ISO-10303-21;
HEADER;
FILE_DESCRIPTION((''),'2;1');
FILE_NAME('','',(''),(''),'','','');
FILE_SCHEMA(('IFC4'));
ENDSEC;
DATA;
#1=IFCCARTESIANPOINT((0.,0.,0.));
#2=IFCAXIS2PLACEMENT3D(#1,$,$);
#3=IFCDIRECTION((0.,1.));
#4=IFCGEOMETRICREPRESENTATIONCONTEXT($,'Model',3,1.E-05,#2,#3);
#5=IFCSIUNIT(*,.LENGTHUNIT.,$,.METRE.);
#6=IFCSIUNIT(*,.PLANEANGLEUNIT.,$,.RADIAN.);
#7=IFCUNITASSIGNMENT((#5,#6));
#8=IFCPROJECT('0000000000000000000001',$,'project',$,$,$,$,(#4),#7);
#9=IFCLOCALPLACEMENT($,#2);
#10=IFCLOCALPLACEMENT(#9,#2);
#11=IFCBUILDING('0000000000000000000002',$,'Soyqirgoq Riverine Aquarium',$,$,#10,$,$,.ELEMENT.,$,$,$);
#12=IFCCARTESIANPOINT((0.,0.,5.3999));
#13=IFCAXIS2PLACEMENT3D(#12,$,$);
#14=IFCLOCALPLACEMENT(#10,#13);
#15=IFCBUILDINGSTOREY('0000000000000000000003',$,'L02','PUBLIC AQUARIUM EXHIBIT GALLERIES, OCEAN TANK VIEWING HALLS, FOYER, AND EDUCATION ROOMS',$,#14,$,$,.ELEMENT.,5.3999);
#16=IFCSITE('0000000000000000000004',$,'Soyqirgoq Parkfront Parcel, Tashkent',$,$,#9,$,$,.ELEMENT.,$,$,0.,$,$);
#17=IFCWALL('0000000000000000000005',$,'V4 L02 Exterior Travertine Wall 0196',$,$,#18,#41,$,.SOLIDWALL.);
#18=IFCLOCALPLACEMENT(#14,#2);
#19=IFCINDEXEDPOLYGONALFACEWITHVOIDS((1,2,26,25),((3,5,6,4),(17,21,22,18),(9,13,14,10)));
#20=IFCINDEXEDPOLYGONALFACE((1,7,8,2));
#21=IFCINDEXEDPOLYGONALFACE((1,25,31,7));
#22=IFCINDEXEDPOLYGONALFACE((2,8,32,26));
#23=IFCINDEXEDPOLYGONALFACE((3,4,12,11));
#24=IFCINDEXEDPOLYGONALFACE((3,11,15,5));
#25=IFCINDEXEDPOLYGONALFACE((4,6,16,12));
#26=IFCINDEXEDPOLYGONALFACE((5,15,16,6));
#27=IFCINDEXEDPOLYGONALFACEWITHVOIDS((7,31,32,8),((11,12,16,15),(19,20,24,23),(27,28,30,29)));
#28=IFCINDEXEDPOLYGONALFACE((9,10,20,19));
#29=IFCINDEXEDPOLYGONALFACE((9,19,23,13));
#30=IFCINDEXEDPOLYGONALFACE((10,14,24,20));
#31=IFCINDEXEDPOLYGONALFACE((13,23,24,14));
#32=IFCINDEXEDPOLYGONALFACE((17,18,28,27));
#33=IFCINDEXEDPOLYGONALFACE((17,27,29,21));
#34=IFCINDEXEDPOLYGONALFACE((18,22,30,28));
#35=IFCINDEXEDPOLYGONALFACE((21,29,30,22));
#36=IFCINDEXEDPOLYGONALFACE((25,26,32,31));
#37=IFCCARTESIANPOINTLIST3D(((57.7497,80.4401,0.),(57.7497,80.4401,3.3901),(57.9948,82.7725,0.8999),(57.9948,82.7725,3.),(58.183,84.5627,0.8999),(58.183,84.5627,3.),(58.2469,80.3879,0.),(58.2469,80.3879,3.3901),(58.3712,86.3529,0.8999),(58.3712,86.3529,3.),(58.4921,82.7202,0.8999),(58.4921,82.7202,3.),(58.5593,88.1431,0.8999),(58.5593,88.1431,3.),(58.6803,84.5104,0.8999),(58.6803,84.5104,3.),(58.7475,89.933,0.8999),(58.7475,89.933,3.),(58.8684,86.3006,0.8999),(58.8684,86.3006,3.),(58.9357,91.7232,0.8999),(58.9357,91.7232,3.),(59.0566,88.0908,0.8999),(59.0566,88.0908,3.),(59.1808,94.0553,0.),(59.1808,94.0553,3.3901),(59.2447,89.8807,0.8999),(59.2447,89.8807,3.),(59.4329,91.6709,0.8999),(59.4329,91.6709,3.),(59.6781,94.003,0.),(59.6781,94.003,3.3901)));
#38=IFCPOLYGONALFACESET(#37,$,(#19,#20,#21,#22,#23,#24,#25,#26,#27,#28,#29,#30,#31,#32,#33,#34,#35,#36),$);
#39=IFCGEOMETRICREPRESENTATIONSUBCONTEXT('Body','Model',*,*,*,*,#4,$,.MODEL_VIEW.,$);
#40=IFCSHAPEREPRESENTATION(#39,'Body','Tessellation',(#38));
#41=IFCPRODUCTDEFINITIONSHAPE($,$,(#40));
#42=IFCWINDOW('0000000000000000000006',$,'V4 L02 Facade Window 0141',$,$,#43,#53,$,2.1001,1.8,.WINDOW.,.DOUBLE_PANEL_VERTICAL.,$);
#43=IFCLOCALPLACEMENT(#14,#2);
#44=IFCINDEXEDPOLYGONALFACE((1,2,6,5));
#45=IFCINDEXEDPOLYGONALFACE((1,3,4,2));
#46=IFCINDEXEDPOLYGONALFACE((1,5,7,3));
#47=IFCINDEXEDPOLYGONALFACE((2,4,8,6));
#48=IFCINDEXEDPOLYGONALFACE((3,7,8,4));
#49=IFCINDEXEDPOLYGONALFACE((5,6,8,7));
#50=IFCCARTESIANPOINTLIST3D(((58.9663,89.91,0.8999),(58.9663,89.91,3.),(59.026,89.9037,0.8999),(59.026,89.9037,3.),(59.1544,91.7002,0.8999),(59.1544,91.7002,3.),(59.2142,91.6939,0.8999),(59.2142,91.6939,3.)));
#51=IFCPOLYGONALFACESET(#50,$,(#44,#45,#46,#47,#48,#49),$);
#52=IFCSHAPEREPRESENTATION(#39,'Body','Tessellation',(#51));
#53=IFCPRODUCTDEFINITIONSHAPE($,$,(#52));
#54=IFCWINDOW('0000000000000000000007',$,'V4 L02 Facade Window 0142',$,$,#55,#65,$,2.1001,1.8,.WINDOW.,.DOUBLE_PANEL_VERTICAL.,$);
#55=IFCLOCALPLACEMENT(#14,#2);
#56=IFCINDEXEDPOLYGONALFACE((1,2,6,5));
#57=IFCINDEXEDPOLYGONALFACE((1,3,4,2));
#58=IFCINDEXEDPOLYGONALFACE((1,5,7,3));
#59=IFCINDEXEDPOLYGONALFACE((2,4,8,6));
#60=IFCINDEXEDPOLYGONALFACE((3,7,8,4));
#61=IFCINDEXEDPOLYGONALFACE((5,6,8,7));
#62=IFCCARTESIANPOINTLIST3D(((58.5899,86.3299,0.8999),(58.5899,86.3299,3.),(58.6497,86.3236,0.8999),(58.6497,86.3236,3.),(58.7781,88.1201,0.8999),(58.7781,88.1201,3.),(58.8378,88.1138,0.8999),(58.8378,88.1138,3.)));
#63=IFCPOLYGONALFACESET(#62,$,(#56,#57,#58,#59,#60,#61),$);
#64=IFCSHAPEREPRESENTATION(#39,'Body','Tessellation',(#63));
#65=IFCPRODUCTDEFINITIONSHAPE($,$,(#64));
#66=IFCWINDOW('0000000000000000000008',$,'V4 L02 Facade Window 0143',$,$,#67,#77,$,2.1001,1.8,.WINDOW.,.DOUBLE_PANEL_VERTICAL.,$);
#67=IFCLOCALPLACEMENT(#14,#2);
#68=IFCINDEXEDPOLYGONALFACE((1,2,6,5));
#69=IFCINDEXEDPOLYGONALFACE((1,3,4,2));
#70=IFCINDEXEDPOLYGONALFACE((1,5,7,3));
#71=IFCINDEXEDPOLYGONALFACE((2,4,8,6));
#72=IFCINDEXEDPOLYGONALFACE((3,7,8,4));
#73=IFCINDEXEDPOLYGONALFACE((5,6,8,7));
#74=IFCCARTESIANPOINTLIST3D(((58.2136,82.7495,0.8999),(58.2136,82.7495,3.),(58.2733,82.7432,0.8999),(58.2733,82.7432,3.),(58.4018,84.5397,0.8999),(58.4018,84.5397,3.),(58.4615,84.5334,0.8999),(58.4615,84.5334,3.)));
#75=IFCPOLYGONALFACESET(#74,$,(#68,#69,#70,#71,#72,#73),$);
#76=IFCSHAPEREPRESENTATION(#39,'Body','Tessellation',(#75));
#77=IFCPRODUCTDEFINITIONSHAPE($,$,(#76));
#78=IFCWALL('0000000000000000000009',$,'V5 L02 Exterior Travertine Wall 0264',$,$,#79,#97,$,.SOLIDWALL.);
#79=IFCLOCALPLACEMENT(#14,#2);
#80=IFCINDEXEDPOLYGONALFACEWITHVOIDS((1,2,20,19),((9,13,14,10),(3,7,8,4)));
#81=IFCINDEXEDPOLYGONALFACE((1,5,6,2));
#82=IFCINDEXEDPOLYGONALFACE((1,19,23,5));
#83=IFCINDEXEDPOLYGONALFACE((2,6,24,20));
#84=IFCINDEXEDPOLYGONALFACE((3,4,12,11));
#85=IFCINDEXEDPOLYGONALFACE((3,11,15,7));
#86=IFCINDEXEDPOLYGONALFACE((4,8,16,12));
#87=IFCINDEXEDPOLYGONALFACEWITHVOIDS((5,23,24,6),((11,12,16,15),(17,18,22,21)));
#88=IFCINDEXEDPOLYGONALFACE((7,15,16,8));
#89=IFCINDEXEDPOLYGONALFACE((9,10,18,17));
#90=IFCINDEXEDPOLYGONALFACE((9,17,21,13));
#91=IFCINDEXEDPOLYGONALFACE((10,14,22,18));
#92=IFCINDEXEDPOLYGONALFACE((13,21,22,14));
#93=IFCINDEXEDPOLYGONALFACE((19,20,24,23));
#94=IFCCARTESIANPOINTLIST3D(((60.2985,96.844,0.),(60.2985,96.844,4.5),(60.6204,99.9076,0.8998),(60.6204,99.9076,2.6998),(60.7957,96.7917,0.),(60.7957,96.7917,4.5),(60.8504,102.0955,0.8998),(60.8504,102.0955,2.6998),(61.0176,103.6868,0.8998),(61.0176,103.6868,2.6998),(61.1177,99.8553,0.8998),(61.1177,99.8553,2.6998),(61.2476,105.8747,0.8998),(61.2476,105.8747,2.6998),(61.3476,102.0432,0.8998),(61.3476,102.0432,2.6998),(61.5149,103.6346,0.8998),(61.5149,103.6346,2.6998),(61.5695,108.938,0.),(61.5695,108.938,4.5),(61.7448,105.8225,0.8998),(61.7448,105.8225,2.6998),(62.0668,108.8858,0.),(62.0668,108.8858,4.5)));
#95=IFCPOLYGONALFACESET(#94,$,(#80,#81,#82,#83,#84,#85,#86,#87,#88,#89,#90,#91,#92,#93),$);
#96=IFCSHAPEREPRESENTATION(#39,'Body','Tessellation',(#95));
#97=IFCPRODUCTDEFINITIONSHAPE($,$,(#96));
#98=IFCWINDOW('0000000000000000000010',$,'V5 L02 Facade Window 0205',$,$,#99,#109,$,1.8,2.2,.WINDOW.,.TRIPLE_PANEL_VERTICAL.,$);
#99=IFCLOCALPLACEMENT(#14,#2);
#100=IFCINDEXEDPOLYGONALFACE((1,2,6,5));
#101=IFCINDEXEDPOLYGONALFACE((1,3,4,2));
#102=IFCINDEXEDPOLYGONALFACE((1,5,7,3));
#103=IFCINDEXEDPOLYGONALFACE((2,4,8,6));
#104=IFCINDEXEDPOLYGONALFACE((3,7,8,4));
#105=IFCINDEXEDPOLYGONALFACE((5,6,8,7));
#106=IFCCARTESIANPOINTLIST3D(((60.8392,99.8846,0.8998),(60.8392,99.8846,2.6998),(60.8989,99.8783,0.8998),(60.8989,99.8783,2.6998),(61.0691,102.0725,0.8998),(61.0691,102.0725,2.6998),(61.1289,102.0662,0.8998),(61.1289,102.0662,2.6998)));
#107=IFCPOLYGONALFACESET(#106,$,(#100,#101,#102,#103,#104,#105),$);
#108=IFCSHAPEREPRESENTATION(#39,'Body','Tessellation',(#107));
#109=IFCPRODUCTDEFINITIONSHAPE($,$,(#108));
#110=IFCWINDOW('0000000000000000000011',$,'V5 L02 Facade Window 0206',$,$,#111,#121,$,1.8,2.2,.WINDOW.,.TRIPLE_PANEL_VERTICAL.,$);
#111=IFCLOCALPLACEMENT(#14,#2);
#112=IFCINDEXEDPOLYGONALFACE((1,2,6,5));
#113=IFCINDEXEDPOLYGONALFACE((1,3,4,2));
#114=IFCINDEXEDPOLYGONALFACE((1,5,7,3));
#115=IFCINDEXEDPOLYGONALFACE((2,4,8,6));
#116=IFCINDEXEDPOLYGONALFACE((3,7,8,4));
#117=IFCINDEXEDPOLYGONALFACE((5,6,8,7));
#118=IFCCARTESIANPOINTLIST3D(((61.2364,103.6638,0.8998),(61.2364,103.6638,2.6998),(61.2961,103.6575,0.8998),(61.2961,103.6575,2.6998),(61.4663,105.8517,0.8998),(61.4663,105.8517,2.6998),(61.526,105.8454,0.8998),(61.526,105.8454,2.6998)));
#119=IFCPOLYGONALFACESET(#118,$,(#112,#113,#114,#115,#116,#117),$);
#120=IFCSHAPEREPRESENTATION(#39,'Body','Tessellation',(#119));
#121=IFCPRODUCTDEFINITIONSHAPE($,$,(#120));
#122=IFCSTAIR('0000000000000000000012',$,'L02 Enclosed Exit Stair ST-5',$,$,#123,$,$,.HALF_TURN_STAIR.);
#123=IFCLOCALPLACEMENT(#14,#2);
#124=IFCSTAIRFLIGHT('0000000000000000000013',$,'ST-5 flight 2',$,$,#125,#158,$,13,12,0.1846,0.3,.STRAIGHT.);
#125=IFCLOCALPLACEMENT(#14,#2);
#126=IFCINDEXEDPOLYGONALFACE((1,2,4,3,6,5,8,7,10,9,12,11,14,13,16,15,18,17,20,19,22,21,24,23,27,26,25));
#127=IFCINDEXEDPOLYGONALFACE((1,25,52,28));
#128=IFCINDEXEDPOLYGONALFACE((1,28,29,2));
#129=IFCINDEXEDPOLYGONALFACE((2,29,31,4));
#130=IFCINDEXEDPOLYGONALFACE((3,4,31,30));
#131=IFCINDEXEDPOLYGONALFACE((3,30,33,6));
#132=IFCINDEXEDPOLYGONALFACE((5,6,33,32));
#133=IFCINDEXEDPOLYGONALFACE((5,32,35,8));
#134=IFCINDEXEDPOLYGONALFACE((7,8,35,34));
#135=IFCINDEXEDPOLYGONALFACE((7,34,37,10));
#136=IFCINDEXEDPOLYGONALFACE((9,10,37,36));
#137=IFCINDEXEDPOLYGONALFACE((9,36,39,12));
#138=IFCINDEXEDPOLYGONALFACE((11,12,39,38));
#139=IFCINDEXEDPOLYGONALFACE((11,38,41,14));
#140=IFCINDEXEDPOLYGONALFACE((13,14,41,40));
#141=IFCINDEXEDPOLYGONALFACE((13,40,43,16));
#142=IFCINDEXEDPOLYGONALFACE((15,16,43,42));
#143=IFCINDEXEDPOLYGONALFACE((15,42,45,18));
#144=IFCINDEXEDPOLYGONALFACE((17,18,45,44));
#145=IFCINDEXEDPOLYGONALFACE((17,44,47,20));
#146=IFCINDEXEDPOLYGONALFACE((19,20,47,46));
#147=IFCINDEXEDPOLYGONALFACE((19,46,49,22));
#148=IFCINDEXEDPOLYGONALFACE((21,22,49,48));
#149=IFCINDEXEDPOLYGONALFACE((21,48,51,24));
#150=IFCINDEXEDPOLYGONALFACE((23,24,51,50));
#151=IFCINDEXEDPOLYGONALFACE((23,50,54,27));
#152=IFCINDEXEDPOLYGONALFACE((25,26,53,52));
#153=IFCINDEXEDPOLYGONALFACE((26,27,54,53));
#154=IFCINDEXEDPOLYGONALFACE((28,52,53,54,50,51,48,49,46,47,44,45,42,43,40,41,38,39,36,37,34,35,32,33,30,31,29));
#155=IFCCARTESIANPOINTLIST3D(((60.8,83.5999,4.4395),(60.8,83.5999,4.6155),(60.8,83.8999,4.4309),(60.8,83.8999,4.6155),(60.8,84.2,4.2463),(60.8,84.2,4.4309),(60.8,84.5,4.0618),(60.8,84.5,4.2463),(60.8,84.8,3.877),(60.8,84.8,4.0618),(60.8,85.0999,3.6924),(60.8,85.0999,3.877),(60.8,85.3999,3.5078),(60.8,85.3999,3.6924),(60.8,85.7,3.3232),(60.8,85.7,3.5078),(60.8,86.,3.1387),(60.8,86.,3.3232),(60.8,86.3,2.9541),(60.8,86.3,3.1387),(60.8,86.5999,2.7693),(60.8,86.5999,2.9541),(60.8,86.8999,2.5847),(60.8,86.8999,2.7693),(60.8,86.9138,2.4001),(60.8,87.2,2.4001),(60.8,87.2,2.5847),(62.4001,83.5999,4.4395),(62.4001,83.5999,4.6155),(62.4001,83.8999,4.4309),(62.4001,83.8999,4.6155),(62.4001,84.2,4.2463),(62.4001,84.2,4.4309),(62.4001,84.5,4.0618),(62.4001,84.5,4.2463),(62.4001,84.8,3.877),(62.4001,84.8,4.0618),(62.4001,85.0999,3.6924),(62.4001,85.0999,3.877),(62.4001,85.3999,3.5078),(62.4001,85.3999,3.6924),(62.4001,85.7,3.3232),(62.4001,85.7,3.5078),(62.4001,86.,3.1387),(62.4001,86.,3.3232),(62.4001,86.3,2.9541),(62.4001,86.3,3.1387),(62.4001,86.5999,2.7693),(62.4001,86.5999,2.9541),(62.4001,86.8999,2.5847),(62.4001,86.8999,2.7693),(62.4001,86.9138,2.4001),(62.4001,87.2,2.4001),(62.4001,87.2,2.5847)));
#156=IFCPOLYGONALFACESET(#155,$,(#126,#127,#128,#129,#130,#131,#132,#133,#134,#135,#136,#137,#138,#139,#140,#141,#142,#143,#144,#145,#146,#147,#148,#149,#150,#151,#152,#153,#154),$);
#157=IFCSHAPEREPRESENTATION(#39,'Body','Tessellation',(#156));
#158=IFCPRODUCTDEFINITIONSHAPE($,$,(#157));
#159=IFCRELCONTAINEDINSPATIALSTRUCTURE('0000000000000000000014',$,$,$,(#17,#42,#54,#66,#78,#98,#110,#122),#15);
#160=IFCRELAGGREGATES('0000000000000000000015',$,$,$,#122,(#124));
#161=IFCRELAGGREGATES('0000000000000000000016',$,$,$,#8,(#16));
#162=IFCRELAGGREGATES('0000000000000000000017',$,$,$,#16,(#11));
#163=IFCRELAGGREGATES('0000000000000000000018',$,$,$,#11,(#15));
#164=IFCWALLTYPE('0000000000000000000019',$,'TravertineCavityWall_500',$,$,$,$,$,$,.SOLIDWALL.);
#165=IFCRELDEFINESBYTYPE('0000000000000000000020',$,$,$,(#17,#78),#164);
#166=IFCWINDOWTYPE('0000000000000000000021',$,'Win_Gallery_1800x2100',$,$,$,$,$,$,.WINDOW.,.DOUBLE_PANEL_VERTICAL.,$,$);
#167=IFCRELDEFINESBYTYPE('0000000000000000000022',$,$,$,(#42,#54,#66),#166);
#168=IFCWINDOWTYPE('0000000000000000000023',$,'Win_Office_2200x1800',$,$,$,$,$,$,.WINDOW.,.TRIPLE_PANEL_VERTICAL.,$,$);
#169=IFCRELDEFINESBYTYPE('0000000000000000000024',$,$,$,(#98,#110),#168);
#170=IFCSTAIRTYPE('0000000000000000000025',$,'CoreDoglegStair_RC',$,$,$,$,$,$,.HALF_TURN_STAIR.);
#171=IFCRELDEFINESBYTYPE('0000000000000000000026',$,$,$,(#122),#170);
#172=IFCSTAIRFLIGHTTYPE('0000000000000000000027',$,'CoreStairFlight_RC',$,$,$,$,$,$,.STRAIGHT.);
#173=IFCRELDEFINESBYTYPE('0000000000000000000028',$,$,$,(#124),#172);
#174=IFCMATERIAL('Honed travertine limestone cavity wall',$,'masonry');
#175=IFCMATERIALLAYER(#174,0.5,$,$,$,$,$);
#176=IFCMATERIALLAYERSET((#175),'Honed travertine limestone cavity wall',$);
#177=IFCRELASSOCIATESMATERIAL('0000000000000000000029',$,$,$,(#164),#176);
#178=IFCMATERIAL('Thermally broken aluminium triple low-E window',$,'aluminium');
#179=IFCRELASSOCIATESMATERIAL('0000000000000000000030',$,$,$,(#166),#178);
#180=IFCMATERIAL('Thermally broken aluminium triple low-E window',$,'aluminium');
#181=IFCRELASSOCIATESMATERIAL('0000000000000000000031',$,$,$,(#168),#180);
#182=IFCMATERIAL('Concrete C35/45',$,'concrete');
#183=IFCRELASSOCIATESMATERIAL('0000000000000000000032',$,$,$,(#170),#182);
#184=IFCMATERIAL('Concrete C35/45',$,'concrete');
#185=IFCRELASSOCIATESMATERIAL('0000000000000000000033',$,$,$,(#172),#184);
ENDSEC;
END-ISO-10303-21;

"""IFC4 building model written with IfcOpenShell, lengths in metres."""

from ifc_helpers import new_model, si_unit, direction, frame, frame_2d, origin, place, context, subcontext, project, spatial, polyline, rectangle, outline, extrude, material, layer, layer_set, type_object, element, fill, aggregate, save


model = new_model("IFC4")

# Units and contexts
model_context = context("Model", 3, precision=1e-05, world=origin(), true_north=direction((0.0, 1.0)))
body_context = subcontext(model_context, "Body", "Model", "MODEL_VIEW")
ifc_project = project(units=[si_unit("LENGTHUNIT", "METRE"), si_unit("PLANEANGLEUNIT", "RADIAN")], contexts=[model_context])

# Site, building, storey
site_placement = place(None, origin())
site = spatial("IfcSite", under=ifc_project, at=site_placement, Name="Soyqirgoq Parkfront Parcel, Tashkent", CompositionType="ELEMENT", RefElevation=0.0)
building_placement = place(site_placement, origin())
building = spatial("IfcBuilding", under=site, at=building_placement, Name="Soyqirgoq Riverine Aquarium", CompositionType="ELEMENT")
storey_placement = place(building_placement, frame((0.0, 0.0, 5.3999)))
storey = spatial("IfcBuildingStorey", under=building, at=storey_placement, Name="L02", Description="PUBLIC AQUARIUM EXHIBIT GALLERIES, OCEAN TANK VIEWING HALLS, FOYER, AND EDUCATION ROOMS", CompositionType="ELEMENT", Elevation=5.3999)

# Walls, openings, windows
ifc_material_1 = material(Name="Honed travertine limestone cavity wall", Category="masonry")
ifc_layer_1 = layer(ifc_material_1, 0.5)
ifc_layer_set_1 = layer_set([ifc_layer_1], Name="Honed travertine limestone cavity wall")
wall_type_1 = type_object("IfcWallType", Name="TravertineCavityWall_500", PredefinedType="SOLIDWALL", material=ifc_layer_set_1)
wall_1_placement = place(storey_placement, frame((59.4294, 94.0293, 0.0), z_axis=(0.0, 0.0, 1.0), x_axis=(-0.104538, -0.994521, 0.0)))
wall_1 = element("IfcWall", 1, at=wall_1_placement, inside=storey, type_object=wall_type_1, Name="V4 L02 Exterior Travertine Wall 0196", PredefinedType="SOLIDWALL", context=body_context, shape_type="SweptSolid", body=[
    extrude(rectangle(XDim=13.6902, YDim=0.5, at=frame_2d((6.8452, 0.0))), origin(), (0.0, 0.0, 1.0), 3.3901),
])
opening_1_placement = place(wall_1_placement, frame((2.3452, 0.0, 0.8999)))
opening_1 = element("IfcOpeningElement", 2, at=opening_1_placement, cuts=wall_1, PredefinedType="OPENING", context=body_context, shape_type="SweptSolid", body=[
    extrude(rectangle(XDim=1.8, YDim=2.1001, at=frame_2d((0.8999, 1.05))), frame((0.0, 0.26, 0.0), z_axis=(0.0, -1.0, 0.0), x_axis=(1.0, 0.0, 0.0)), (0.0, 0.0, 1.0), 0.52),
])
opening_2_placement = place(wall_1_placement, frame((5.9451, 0.0, 0.8999)))
opening_2 = element("IfcOpeningElement", 3, at=opening_2_placement, cuts=wall_1, PredefinedType="OPENING", context=body_context, shape_type="SweptSolid", body=[
    extrude(rectangle(XDim=1.8, YDim=2.1001, at=frame_2d((0.8999, 1.05))), frame((0.0, 0.26, 0.0), z_axis=(0.0, -1.0, 0.0), x_axis=(1.0, 0.0, 0.0)), (0.0, 0.0, 1.0), 0.52),
])
opening_3_placement = place(wall_1_placement, frame((9.5452, 0.0, 0.8999)))
opening_3 = element("IfcOpeningElement", 4, at=opening_3_placement, cuts=wall_1, PredefinedType="OPENING", context=body_context, shape_type="SweptSolid", body=[
    extrude(rectangle(XDim=1.8, YDim=2.1001, at=frame_2d((0.8999, 1.05))), frame((0.0, 0.26, 0.0), z_axis=(0.0, -1.0, 0.0), x_axis=(1.0, 0.0, 0.0)), (0.0, 0.0, 1.0), 0.52),
])
ifc_material_2 = material(Name="Thermally broken aluminium triple low-E window", Category="aluminium")
window_type_1 = type_object("IfcWindowType", Name="Win_Gallery_1800x2100", PartitioningType="DOUBLE_PANEL_VERTICAL", PredefinedType="WINDOW", material=ifc_material_2)
window_1_placement = place(opening_1_placement, origin())
window_1 = element("IfcWindow", 5, at=window_1_placement, inside=storey, type_object=window_type_1, Name="V4 L02 Facade Window 0141", OverallHeight=2.1001, OverallWidth=1.8, PartitioningType="DOUBLE_PANEL_VERTICAL", PredefinedType="WINDOW", context=body_context, shape_type="SweptSolid", body=[
    extrude(rectangle(XDim=1.8, YDim=2.1001, at=frame_2d((0.8999, 1.05))), frame((0.0, 0.03, 0.0), z_axis=(0.0, -1.0, 0.0), x_axis=(1.0, 0.0, 0.0)), (0.0, 0.0, 1.0), 0.0601),
])
fill(opening_1, window_1)
window_2_placement = place(opening_2_placement, origin())
window_2 = element("IfcWindow", 6, at=window_2_placement, inside=storey, type_object=window_type_1, Name="V4 L02 Facade Window 0142", OverallHeight=2.1001, OverallWidth=1.8, PartitioningType="DOUBLE_PANEL_VERTICAL", PredefinedType="WINDOW", context=body_context, shape_type="SweptSolid", body=[
    extrude(rectangle(XDim=1.8, YDim=2.1001, at=frame_2d((0.8999, 1.05))), frame((0.0, 0.03, 0.0), z_axis=(0.0, -1.0, 0.0), x_axis=(1.0, 0.0, 0.0)), (0.0, 0.0, 1.0), 0.0601),
])
fill(opening_2, window_2)
window_3_placement = place(opening_3_placement, origin())
window_3 = element("IfcWindow", 7, at=window_3_placement, inside=storey, type_object=window_type_1, Name="V4 L02 Facade Window 0143", OverallHeight=2.1001, OverallWidth=1.8, PartitioningType="DOUBLE_PANEL_VERTICAL", PredefinedType="WINDOW", context=body_context, shape_type="SweptSolid", body=[
    extrude(rectangle(XDim=1.8, YDim=2.1001, at=frame_2d((0.8999, 1.05))), frame((0.0, 0.03, 0.0), z_axis=(0.0, -1.0, 0.0), x_axis=(1.0, 0.0, 0.0)), (0.0, 0.0, 1.0), 0.0601),
])
fill(opening_3, window_3)
wall_2_placement = place(storey_placement, frame((60.5471, 96.8179, 0.0), z_axis=(0.0, 0.0, 1.0), x_axis=(0.104518, 0.994523, 0.0)))
wall_2 = element("IfcWall", 8, at=wall_2_placement, inside=storey, type_object=wall_type_1, Name="V5 L02 Exterior Travertine Wall 0264", PredefinedType="SOLIDWALL", context=body_context, shape_type="SweptSolid", body=[
    extrude(rectangle(XDim=12.1606, YDim=0.5, at=frame_2d((6.0803, 0.0))), origin(), (0.0, 0.0, 1.0), 4.5),
])
opening_4_placement = place(wall_2_placement, frame((3.0803, 0.0, 0.8999)))
opening_4 = element("IfcOpeningElement", 9, at=opening_4_placement, cuts=wall_2, PredefinedType="OPENING", context=body_context, shape_type="SweptSolid", body=[
    extrude(rectangle(XDim=2.2, YDim=1.8, at=frame_2d((1.1001, 0.8999))), frame((0.0, 0.26, 0.0), z_axis=(0.0, -1.0, 0.0), x_axis=(1.0, 0.0, 0.0)), (0.0, 0.0, 1.0), 0.52),
])
opening_5_placement = place(wall_2_placement, frame((6.8804, 0.0, 0.8999)))
opening_5 = element("IfcOpeningElement", 10, at=opening_5_placement, cuts=wall_2, PredefinedType="OPENING", context=body_context, shape_type="SweptSolid", body=[
    extrude(rectangle(XDim=2.2, YDim=1.8, at=frame_2d((1.1001, 0.8999))), frame((0.0, 0.26, 0.0), z_axis=(0.0, -1.0, 0.0), x_axis=(1.0, 0.0, 0.0)), (0.0, 0.0, 1.0), 0.52),
])
ifc_material_3 = material(Name="Thermally broken aluminium triple low-E window", Category="aluminium")
window_type_2 = type_object("IfcWindowType", Name="Win_Office_2200x1800", PartitioningType="TRIPLE_PANEL_VERTICAL", PredefinedType="WINDOW", material=ifc_material_3)
window_4_placement = place(opening_4_placement, origin())
window_4 = element("IfcWindow", 11, at=window_4_placement, inside=storey, type_object=window_type_2, Name="V5 L02 Facade Window 0205", OverallHeight=1.8, OverallWidth=2.2, PartitioningType="TRIPLE_PANEL_VERTICAL", PredefinedType="WINDOW", context=body_context, shape_type="SweptSolid", body=[
    extrude(rectangle(XDim=2.2, YDim=1.8, at=frame_2d((1.1001, 0.8999))), frame((0.0, 0.03, 0.0), z_axis=(0.0, -1.0, 0.0), x_axis=(1.0, 0.0, 0.0)), (0.0, 0.0, 1.0), 0.0601),
])
fill(opening_4, window_4)
window_5_placement = place(opening_5_placement, origin())
window_5 = element("IfcWindow", 12, at=window_5_placement, inside=storey, type_object=window_type_2, Name="V5 L02 Facade Window 0206", OverallHeight=1.8, OverallWidth=2.2, PartitioningType="TRIPLE_PANEL_VERTICAL", PredefinedType="WINDOW", context=body_context, shape_type="SweptSolid", body=[
    extrude(rectangle(XDim=2.2, YDim=1.8, at=frame_2d((1.1001, 0.8999))), frame((0.0, 0.03, 0.0), z_axis=(0.0, -1.0, 0.0), x_axis=(1.0, 0.0, 0.0)), (0.0, 0.0, 1.0), 0.0601),
])
fill(opening_5, window_5)

# Stair, stair flight
ifc_material_4 = material(Name="Concrete C35/45", Category="concrete")
stair_type = type_object("IfcStairType", Name="CoreDoglegStair_RC", PredefinedType="HALF_TURN_STAIR", material=ifc_material_4)
stair_placement = place(storey_placement, origin())
stair = element("IfcStair", 13, at=stair_placement, inside=storey, type_object=stair_type, Name="L02 Enclosed Exit Stair ST-5", PredefinedType="HALF_TURN_STAIR")
ifc_material_5 = material(Name="Concrete C35/45", Category="concrete")
stair_flight_type = type_object("IfcStairFlightType", Name="CoreStairFlight_RC", PredefinedType="STRAIGHT", material=ifc_material_5)
stair_flight_placement = place(storey_placement, frame((61.6001, 87.2, 2.4001), z_axis=(0.0, 0.0, 1.0), x_axis=(0.0, -1.0, 0.0)))
stair_flight = element("IfcStairFlight", 14, at=stair_flight_placement, type_object=stair_flight_type, Name="ST-5 flight 2", NumberOfRisers=13, NumberOfTreads=12, PredefinedType="STRAIGHT", RiserHeight=0.1846, TreadLength=0.3, context=body_context, shape_type="SweptSolid", body=[
    extrude(outline(polyline([(0.0, 0.0), (0.0, 0.1846), (0.3, 0.1846), (0.3, 0.3691), (0.6001, 0.3691), (0.6001, 0.554), (0.8999, 0.554), (0.8999, 0.7385), (1.2, 0.7385), (1.2, 0.9231), (1.5, 0.9231), (1.5, 1.1077), (1.8, 1.1077), (1.8, 1.2922), (2.1001, 1.2922), (2.1001, 1.4768), (2.3999, 1.4768), (2.3999, 1.6616), (2.7, 1.6616), (2.7, 1.8462), (3.0, 1.8462), (3.0, 2.0308), (3.3, 2.0308), (3.3, 2.2153), (3.6001, 2.2153), (3.6001, 2.3999), (3.6001, 2.0393), (0.2861, 0.0), (0.0, 0.0)])), frame((0.0, 0.8, 0.0), z_axis=(0.0, -1.0, 0.0), x_axis=(1.0, 0.0, 0.0)), (0.0, 0.0, 1.0), 1.6001),
])
aggregate(stair, [stair_flight])

save(model, "model.ifc")
